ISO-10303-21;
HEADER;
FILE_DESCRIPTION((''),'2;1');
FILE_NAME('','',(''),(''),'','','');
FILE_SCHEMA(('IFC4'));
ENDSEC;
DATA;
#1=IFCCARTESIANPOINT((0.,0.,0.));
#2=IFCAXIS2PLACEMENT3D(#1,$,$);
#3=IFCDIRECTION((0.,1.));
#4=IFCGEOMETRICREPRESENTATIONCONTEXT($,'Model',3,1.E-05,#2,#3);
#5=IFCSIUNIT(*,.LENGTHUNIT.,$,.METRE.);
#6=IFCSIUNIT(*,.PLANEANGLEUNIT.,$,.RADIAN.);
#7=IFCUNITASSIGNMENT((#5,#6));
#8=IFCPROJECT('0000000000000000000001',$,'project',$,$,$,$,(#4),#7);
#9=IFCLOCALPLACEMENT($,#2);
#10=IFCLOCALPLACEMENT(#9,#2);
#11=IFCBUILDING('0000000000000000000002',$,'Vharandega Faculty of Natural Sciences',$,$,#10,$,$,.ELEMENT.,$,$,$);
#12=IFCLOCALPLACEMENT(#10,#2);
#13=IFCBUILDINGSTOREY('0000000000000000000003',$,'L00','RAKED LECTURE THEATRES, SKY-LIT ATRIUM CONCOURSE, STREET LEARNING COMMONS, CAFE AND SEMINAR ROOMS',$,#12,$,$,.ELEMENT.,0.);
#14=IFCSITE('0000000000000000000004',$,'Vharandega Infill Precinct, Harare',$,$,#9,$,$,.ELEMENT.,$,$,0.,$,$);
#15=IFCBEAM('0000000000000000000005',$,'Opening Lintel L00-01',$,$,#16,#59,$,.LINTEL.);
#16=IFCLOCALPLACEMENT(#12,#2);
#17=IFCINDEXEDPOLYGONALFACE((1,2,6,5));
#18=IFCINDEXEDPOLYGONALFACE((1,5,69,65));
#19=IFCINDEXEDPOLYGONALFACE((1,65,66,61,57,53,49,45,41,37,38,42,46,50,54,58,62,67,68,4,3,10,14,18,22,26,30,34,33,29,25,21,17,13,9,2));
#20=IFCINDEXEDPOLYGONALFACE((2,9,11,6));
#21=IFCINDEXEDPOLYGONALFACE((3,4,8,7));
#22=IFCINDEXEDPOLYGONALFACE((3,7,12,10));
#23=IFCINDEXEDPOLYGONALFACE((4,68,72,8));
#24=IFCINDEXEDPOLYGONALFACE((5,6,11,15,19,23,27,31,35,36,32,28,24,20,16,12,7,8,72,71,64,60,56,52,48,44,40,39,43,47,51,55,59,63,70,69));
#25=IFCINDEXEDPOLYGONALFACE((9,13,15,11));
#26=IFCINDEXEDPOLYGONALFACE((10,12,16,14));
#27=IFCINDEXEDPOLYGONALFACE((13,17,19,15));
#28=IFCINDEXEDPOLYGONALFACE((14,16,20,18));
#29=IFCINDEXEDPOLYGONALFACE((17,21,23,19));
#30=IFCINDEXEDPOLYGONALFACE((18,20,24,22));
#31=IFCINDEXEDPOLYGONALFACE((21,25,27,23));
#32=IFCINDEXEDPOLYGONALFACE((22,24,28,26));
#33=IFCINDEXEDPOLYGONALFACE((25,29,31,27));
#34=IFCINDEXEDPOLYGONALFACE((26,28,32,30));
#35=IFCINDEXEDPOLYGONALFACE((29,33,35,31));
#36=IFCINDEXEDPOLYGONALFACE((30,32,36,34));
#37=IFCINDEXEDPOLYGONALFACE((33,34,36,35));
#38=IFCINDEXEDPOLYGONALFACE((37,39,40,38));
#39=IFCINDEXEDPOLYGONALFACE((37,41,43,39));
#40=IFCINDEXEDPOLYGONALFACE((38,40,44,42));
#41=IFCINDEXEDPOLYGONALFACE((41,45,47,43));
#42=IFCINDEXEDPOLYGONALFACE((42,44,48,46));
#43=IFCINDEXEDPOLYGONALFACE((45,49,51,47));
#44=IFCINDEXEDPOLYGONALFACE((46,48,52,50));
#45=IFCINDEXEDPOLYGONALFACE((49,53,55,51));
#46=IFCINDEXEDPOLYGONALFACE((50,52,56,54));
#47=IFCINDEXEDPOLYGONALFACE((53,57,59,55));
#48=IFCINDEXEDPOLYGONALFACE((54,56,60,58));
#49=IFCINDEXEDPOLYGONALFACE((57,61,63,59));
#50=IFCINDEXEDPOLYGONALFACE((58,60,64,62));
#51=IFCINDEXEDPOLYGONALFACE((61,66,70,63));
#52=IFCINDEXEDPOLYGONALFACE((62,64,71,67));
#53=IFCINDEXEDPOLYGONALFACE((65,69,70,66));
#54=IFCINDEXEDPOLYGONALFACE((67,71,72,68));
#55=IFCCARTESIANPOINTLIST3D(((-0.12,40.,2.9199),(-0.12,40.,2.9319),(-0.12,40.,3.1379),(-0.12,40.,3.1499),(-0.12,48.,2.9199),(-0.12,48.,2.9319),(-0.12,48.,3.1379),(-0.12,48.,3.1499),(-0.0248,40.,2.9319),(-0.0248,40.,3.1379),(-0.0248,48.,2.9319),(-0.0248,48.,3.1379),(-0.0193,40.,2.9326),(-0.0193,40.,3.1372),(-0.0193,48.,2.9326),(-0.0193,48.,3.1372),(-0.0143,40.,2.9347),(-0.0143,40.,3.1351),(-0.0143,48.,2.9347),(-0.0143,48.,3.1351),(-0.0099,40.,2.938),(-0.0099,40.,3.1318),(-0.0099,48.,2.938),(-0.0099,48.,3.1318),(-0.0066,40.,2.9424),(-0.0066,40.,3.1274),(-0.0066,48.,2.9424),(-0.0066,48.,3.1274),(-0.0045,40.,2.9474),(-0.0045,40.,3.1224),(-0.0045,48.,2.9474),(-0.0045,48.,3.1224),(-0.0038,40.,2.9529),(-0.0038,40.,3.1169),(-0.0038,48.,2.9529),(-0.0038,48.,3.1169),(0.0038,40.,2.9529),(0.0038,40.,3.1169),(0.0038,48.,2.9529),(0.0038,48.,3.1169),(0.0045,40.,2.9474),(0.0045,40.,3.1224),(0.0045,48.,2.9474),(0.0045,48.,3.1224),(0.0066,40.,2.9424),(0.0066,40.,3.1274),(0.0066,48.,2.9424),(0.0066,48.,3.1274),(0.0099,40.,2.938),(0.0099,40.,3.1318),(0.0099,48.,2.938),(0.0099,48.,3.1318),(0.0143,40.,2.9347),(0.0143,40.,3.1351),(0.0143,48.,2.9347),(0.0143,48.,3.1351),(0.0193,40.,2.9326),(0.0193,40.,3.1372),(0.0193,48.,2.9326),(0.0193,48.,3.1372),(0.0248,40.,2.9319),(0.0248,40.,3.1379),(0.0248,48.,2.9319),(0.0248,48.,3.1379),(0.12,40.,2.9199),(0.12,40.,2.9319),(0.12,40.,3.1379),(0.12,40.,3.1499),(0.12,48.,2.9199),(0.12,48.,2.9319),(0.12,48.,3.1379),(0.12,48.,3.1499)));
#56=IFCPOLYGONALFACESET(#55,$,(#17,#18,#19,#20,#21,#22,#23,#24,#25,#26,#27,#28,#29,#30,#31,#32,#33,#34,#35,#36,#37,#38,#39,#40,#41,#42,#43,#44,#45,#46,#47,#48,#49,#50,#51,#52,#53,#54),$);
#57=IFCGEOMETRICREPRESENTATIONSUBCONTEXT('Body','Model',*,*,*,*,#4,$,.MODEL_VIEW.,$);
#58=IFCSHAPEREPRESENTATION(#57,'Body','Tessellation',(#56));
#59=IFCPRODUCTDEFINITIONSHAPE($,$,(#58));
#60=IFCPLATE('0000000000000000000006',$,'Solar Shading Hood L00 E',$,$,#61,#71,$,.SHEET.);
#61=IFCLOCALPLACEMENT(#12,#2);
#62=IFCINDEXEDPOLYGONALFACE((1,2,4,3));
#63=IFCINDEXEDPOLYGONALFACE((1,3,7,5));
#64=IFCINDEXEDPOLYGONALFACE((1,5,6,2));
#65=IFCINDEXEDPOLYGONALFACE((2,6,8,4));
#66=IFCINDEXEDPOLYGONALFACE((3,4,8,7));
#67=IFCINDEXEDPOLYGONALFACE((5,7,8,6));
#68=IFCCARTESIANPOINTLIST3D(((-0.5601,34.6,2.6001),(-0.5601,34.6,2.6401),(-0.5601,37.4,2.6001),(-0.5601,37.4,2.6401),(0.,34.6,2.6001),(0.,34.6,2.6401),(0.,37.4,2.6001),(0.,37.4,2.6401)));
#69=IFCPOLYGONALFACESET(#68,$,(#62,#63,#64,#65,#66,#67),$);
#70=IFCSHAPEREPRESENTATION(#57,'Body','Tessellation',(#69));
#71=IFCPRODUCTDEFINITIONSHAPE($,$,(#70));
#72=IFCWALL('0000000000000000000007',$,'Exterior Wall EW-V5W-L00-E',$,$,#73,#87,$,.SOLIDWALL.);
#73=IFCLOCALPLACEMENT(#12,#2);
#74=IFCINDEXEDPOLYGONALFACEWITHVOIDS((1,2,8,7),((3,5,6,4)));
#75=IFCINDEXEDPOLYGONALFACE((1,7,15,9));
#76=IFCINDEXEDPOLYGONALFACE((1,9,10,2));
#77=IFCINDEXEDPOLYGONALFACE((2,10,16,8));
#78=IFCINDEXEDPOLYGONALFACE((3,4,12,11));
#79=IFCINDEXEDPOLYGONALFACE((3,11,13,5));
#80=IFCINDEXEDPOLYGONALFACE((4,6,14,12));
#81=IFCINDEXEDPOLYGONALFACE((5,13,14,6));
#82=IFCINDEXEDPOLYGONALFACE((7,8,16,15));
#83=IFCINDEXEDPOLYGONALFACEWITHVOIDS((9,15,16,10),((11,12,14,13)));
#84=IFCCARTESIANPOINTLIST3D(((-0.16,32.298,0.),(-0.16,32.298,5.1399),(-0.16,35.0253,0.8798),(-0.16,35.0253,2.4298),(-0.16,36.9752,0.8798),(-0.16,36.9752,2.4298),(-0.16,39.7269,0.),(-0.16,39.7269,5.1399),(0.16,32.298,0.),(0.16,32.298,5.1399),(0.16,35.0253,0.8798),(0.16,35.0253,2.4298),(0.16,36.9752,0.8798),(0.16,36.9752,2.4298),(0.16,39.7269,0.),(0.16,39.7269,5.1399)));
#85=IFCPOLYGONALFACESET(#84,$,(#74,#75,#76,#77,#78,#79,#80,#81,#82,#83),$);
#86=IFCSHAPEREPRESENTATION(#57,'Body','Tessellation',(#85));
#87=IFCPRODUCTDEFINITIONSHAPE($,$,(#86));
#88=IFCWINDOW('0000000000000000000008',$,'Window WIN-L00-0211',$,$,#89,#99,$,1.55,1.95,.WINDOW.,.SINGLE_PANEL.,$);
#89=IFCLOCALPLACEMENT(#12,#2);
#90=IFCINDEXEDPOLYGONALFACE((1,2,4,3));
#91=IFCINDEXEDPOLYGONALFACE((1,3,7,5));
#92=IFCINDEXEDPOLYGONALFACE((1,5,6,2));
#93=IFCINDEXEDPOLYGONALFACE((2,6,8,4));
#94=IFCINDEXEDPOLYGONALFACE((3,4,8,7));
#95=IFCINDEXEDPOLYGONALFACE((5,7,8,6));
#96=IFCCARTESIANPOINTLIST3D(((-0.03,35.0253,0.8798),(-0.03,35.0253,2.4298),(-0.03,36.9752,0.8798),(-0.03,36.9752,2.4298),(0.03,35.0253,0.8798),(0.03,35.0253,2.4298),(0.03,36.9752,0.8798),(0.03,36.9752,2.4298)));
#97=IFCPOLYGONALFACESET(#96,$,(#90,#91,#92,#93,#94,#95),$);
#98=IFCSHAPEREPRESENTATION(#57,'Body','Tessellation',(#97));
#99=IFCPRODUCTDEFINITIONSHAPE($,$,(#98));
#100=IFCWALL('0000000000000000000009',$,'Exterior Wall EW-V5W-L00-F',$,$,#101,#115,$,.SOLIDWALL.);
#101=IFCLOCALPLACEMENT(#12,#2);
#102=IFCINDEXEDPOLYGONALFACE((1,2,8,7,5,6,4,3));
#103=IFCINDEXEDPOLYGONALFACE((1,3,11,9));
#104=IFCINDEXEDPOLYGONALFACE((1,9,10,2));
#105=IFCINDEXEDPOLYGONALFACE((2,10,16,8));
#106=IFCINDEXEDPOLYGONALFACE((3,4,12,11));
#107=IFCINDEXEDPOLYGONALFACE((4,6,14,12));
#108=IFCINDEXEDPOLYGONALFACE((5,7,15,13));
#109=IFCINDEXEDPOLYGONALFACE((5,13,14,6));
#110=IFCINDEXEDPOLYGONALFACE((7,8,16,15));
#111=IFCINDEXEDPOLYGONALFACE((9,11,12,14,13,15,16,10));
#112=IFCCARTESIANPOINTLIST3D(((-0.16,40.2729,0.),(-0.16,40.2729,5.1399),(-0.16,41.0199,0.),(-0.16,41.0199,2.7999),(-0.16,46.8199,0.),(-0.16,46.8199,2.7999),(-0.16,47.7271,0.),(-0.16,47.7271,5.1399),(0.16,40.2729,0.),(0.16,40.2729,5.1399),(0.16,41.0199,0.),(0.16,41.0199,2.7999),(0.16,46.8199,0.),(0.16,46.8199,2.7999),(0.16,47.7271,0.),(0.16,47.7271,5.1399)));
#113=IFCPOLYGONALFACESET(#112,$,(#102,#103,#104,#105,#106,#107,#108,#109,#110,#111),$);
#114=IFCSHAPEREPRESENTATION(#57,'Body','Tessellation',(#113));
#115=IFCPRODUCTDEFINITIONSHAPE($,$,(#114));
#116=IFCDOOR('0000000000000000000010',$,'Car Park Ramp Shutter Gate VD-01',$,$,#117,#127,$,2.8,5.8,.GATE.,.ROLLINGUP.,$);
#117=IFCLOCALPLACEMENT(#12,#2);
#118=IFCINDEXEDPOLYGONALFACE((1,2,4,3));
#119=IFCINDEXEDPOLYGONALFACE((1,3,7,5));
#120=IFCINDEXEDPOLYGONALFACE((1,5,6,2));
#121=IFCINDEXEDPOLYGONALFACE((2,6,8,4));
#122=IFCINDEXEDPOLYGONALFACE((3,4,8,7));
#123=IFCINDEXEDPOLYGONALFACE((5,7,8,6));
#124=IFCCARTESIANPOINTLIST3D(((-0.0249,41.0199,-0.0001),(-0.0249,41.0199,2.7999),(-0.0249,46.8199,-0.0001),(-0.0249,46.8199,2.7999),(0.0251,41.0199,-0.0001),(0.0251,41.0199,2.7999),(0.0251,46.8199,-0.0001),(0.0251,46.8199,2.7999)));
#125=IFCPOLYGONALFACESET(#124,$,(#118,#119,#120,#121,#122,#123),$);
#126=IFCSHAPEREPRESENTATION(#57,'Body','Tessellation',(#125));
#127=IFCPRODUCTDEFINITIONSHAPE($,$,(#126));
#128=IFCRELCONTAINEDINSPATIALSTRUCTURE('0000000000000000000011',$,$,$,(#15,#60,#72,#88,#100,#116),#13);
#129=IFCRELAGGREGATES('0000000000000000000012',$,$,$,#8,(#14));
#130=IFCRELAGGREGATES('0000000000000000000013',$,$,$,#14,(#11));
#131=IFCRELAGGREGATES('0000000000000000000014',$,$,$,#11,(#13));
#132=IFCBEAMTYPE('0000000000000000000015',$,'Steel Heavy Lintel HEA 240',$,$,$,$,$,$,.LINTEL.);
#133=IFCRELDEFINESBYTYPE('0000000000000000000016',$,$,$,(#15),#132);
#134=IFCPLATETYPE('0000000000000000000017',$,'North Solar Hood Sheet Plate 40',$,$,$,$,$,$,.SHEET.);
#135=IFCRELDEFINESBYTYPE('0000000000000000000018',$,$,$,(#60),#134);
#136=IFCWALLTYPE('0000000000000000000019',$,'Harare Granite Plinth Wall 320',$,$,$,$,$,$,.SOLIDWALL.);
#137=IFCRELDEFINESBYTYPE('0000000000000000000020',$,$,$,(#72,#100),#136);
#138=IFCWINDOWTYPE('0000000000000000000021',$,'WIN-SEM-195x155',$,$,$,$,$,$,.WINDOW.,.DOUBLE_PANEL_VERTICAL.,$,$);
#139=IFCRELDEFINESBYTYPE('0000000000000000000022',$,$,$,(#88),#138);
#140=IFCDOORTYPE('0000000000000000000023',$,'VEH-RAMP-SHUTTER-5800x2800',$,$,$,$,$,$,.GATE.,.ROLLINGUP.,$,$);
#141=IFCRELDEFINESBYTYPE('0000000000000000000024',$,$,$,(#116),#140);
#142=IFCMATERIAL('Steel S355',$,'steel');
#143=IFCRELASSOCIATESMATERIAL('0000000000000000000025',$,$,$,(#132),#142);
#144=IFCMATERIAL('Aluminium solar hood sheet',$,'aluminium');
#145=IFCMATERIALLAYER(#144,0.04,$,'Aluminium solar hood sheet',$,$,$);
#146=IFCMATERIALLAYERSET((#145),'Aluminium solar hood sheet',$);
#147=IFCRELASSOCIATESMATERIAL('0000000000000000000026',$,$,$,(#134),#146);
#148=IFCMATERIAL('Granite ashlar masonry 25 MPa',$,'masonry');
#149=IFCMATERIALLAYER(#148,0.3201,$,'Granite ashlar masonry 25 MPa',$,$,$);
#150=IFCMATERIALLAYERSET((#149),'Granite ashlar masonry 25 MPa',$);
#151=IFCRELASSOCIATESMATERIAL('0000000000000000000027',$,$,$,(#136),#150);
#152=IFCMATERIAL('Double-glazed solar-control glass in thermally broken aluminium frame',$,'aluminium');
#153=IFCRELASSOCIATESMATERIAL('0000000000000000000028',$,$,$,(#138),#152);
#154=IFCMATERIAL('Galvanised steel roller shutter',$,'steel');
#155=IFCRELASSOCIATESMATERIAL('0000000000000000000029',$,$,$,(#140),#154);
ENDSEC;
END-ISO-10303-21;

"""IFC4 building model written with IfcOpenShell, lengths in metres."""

from ifc_helpers import new_model, si_unit, direction, frame, frame_2d, origin, origin_2d, place, context, subcontext, project, spatial, rectangle, i_section, extrude, material, layer, layer_set, material_profile, profile_set, type_object, element, fill, save


model = new_model("IFC4")

# Units and contexts
model_context = context("Model", 3, precision=1e-05, world=origin(), true_north=direction((0.0, 1.0)))
body_context = subcontext(model_context, "Body", "Model", "MODEL_VIEW")
ifc_project = project(units=[si_unit("LENGTHUNIT", "METRE"), si_unit("PLANEANGLEUNIT", "RADIAN")], contexts=[model_context])

# Site, building, storey
site_placement = place(None, origin())
site = spatial("IfcSite", under=ifc_project, at=site_placement, Name="Vharandega Infill Precinct, Harare", CompositionType="ELEMENT", RefElevation=0.0)
building_placement = place(site_placement, origin())
building = spatial("IfcBuilding", under=site, at=building_placement, Name="Vharandega Faculty of Natural Sciences", CompositionType="ELEMENT")
storey_placement = place(building_placement, origin())
storey = spatial("IfcBuildingStorey", under=building, at=storey_placement, Name="L00", Description="RAKED LECTURE THEATRES, SKY-LIT ATRIUM CONCOURSE, STREET LEARNING COMMONS, CAFE AND SEMINAR ROOMS", CompositionType="ELEMENT", Elevation=0.0)

# Beam
ifc_material_1 = material(Name="Steel S355", Category="steel")
ifc_material_profile_1 = material_profile(ifc_material_1, i_section(OverallWidth=0.24, OverallDepth=0.23, WebThickness=0.0076, FlangeThickness=0.012, FilletRadius=0.021, at=origin_2d()), Name="HEA 240")
ifc_profile_set_1 = profile_set([ifc_material_profile_1], Name="Steel S355")
beam_type_1 = type_object("IfcBeamType", Name="Steel Heavy Lintel HEA 240", PredefinedType="LINTEL", material=ifc_profile_set_1)
beam_placement = place(storey_placement, frame((0.0, 40.0, 3.0349), z_axis=(0.0, 1.0, 0.0), x_axis=(-1.0, 0.0, 0.0)))
element("IfcBeam", 1, at=beam_placement, inside=storey, type_object=beam_type_1, Name="Opening Lintel L00-01", PredefinedType="LINTEL", context=body_context, shape_type="SweptSolid", body=[
    extrude(i_section(OverallWidth=0.24, OverallDepth=0.23, WebThickness=0.0076, FlangeThickness=0.012, FilletRadius=0.021, at=origin_2d()), origin(), (0.0, 0.0, 1.0), 8.0),
])

# Plate
ifc_material_2 = material(Name="Aluminium solar hood sheet", Category="aluminium")
ifc_layer_1 = layer(ifc_material_2, 0.04, Name="Aluminium solar hood sheet")
ifc_layer_set_1 = layer_set([ifc_layer_1], Name="Aluminium solar hood sheet")
plate_type = type_object("IfcPlateType", Name="North Solar Hood Sheet Plate 40", PredefinedType="SHEET", material=ifc_layer_set_1)
plate_placement = place(storey_placement, frame((-0.28, 36.0, 2.6001), z_axis=(0.0, 0.0, 1.0), x_axis=(1.0, 0.0, 0.0)))
element("IfcPlate", 2, at=plate_placement, inside=storey, type_object=plate_type, Name="Solar Shading Hood L00 E", PredefinedType="SHEET", context=body_context, shape_type="SweptSolid", body=[
    extrude(rectangle(XDim=0.5601, YDim=2.8, at=origin_2d()), origin(), (0.0, 0.0, 1.0), 0.04),
])

# Wall, opening, window
ifc_material_3 = material(Name="Granite ashlar masonry 25 MPa", Category="masonry")
ifc_layer_2 = layer(ifc_material_3, 0.3201, Name="Granite ashlar masonry 25 MPa")
ifc_layer_set_2 = layer_set([ifc_layer_2], Name="Granite ashlar masonry 25 MPa")
wall_type = type_object("IfcWallType", Name="Harare Granite Plinth Wall 320", PredefinedType="SOLIDWALL", material=ifc_layer_set_2)
wall_1_placement = place(storey_placement, frame((0.0, 32.2981, 0.0), z_axis=(0.0, 0.0, 1.0), x_axis=(0.0, 1.0, 0.0)))
wall_1 = element("IfcWall", 3, at=wall_1_placement, inside=storey, type_object=wall_type, Name="Exterior Wall EW-V5W-L00-E", PredefinedType="SOLIDWALL", context=body_context, shape_type="SweptSolid", body=[
    extrude(rectangle(XDim=7.429, YDim=0.3201, at=frame_2d((3.7144, 0.0))), origin(), (0.0, 0.0, 1.0), 5.1399),
])
opening_1_placement = place(wall_1_placement, frame((2.7271, 0.0, 0.8799)))
opening_1 = element("IfcOpeningElement", 4, at=opening_1_placement, cuts=wall_1, PredefinedType="OPENING", context=body_context, shape_type="SweptSolid", body=[
    extrude(rectangle(XDim=1.95, YDim=1.55, at=frame_2d((0.9751, 0.7749))), frame((0.0, 0.1699, 0.0), z_axis=(0.0, -1.0, 0.0), x_axis=(1.0, 0.0, 0.0)), (0.0, 0.0, 1.0), 0.3401),
])
ifc_material_4 = material(Name="Double-glazed solar-control glass in thermally broken aluminium frame", Category="aluminium")
window_type = type_object("IfcWindowType", Name="WIN-SEM-195x155", PartitioningType="DOUBLE_PANEL_VERTICAL", PredefinedType="WINDOW", material=ifc_material_4)
window_placement = place(opening_1_placement, origin())
window = element("IfcWindow", 5, at=window_placement, inside=storey, type_object=window_type, Name="Window WIN-L00-0211", OverallHeight=1.55, OverallWidth=1.95, PartitioningType="SINGLE_PANEL", PredefinedType="WINDOW", context=body_context, shape_type="SweptSolid", body=[
    extrude(rectangle(XDim=1.95, YDim=1.55, at=frame_2d((0.9751, 0.7749))), frame((0.0, 0.03, 0.0), z_axis=(0.0, -1.0, 0.0), x_axis=(1.0, 0.0, 0.0)), (0.0, 0.0, 1.0), 0.0601),
])
fill(opening_1, window)

# Wall, opening, door
wall_2_placement = place(storey_placement, frame((0.0, 40.2729, 0.0), z_axis=(0.0, 0.0, 1.0), x_axis=(0.0, 1.0, 0.0)))
wall_2 = element("IfcWall", 6, at=wall_2_placement, inside=storey, type_object=wall_type, Name="Exterior Wall EW-V5W-L00-F", PredefinedType="SOLIDWALL", context=body_context, shape_type="SweptSolid", body=[
    extrude(rectangle(XDim=7.4541, YDim=0.3201, at=frame_2d((3.7271, 0.0))), origin(), (0.0, 0.0, 1.0), 5.1399),
])
opening_2_placement = place(wall_2_placement, frame((0.7471, 0.0, 0.0)))
opening_2 = element("IfcOpeningElement", 7, at=opening_2_placement, cuts=wall_2, PredefinedType="OPENING", context=body_context, shape_type="SweptSolid", body=[
    extrude(rectangle(XDim=5.8, YDim=2.8, at=frame_2d((2.8999, 1.3999))), frame((0.0, 0.1699, 0.0), z_axis=(0.0, -1.0, 0.0), x_axis=(1.0, 0.0, 0.0)), (0.0, 0.0, 1.0), 0.3401),
])
ifc_material_5 = material(Name="Galvanised steel roller shutter", Category="steel")
door_type = type_object("IfcDoorType", Name="VEH-RAMP-SHUTTER-5800x2800", OperationType="ROLLINGUP", PredefinedType="GATE", material=ifc_material_5)
door_placement = place(opening_2_placement, origin())
door = element("IfcDoor", 8, at=door_placement, inside=storey, type_object=door_type, Name="Car Park Ramp Shutter Gate VD-01", OperationType="ROLLINGUP", OverallHeight=2.8, OverallWidth=5.8, PredefinedType="GATE", context=body_context, shape_type="SweptSolid", body=[
    extrude(rectangle(XDim=5.8, YDim=2.8, at=frame_2d((2.8999, 1.3999))), frame((0.0, 0.0249, 0.0), z_axis=(0.0, -1.0, 0.0), x_axis=(1.0, 0.0, 0.0)), (0.0, 0.0, 1.0), 0.05),
])
fill(opening_2, door)

save(model, "model.ifc")
